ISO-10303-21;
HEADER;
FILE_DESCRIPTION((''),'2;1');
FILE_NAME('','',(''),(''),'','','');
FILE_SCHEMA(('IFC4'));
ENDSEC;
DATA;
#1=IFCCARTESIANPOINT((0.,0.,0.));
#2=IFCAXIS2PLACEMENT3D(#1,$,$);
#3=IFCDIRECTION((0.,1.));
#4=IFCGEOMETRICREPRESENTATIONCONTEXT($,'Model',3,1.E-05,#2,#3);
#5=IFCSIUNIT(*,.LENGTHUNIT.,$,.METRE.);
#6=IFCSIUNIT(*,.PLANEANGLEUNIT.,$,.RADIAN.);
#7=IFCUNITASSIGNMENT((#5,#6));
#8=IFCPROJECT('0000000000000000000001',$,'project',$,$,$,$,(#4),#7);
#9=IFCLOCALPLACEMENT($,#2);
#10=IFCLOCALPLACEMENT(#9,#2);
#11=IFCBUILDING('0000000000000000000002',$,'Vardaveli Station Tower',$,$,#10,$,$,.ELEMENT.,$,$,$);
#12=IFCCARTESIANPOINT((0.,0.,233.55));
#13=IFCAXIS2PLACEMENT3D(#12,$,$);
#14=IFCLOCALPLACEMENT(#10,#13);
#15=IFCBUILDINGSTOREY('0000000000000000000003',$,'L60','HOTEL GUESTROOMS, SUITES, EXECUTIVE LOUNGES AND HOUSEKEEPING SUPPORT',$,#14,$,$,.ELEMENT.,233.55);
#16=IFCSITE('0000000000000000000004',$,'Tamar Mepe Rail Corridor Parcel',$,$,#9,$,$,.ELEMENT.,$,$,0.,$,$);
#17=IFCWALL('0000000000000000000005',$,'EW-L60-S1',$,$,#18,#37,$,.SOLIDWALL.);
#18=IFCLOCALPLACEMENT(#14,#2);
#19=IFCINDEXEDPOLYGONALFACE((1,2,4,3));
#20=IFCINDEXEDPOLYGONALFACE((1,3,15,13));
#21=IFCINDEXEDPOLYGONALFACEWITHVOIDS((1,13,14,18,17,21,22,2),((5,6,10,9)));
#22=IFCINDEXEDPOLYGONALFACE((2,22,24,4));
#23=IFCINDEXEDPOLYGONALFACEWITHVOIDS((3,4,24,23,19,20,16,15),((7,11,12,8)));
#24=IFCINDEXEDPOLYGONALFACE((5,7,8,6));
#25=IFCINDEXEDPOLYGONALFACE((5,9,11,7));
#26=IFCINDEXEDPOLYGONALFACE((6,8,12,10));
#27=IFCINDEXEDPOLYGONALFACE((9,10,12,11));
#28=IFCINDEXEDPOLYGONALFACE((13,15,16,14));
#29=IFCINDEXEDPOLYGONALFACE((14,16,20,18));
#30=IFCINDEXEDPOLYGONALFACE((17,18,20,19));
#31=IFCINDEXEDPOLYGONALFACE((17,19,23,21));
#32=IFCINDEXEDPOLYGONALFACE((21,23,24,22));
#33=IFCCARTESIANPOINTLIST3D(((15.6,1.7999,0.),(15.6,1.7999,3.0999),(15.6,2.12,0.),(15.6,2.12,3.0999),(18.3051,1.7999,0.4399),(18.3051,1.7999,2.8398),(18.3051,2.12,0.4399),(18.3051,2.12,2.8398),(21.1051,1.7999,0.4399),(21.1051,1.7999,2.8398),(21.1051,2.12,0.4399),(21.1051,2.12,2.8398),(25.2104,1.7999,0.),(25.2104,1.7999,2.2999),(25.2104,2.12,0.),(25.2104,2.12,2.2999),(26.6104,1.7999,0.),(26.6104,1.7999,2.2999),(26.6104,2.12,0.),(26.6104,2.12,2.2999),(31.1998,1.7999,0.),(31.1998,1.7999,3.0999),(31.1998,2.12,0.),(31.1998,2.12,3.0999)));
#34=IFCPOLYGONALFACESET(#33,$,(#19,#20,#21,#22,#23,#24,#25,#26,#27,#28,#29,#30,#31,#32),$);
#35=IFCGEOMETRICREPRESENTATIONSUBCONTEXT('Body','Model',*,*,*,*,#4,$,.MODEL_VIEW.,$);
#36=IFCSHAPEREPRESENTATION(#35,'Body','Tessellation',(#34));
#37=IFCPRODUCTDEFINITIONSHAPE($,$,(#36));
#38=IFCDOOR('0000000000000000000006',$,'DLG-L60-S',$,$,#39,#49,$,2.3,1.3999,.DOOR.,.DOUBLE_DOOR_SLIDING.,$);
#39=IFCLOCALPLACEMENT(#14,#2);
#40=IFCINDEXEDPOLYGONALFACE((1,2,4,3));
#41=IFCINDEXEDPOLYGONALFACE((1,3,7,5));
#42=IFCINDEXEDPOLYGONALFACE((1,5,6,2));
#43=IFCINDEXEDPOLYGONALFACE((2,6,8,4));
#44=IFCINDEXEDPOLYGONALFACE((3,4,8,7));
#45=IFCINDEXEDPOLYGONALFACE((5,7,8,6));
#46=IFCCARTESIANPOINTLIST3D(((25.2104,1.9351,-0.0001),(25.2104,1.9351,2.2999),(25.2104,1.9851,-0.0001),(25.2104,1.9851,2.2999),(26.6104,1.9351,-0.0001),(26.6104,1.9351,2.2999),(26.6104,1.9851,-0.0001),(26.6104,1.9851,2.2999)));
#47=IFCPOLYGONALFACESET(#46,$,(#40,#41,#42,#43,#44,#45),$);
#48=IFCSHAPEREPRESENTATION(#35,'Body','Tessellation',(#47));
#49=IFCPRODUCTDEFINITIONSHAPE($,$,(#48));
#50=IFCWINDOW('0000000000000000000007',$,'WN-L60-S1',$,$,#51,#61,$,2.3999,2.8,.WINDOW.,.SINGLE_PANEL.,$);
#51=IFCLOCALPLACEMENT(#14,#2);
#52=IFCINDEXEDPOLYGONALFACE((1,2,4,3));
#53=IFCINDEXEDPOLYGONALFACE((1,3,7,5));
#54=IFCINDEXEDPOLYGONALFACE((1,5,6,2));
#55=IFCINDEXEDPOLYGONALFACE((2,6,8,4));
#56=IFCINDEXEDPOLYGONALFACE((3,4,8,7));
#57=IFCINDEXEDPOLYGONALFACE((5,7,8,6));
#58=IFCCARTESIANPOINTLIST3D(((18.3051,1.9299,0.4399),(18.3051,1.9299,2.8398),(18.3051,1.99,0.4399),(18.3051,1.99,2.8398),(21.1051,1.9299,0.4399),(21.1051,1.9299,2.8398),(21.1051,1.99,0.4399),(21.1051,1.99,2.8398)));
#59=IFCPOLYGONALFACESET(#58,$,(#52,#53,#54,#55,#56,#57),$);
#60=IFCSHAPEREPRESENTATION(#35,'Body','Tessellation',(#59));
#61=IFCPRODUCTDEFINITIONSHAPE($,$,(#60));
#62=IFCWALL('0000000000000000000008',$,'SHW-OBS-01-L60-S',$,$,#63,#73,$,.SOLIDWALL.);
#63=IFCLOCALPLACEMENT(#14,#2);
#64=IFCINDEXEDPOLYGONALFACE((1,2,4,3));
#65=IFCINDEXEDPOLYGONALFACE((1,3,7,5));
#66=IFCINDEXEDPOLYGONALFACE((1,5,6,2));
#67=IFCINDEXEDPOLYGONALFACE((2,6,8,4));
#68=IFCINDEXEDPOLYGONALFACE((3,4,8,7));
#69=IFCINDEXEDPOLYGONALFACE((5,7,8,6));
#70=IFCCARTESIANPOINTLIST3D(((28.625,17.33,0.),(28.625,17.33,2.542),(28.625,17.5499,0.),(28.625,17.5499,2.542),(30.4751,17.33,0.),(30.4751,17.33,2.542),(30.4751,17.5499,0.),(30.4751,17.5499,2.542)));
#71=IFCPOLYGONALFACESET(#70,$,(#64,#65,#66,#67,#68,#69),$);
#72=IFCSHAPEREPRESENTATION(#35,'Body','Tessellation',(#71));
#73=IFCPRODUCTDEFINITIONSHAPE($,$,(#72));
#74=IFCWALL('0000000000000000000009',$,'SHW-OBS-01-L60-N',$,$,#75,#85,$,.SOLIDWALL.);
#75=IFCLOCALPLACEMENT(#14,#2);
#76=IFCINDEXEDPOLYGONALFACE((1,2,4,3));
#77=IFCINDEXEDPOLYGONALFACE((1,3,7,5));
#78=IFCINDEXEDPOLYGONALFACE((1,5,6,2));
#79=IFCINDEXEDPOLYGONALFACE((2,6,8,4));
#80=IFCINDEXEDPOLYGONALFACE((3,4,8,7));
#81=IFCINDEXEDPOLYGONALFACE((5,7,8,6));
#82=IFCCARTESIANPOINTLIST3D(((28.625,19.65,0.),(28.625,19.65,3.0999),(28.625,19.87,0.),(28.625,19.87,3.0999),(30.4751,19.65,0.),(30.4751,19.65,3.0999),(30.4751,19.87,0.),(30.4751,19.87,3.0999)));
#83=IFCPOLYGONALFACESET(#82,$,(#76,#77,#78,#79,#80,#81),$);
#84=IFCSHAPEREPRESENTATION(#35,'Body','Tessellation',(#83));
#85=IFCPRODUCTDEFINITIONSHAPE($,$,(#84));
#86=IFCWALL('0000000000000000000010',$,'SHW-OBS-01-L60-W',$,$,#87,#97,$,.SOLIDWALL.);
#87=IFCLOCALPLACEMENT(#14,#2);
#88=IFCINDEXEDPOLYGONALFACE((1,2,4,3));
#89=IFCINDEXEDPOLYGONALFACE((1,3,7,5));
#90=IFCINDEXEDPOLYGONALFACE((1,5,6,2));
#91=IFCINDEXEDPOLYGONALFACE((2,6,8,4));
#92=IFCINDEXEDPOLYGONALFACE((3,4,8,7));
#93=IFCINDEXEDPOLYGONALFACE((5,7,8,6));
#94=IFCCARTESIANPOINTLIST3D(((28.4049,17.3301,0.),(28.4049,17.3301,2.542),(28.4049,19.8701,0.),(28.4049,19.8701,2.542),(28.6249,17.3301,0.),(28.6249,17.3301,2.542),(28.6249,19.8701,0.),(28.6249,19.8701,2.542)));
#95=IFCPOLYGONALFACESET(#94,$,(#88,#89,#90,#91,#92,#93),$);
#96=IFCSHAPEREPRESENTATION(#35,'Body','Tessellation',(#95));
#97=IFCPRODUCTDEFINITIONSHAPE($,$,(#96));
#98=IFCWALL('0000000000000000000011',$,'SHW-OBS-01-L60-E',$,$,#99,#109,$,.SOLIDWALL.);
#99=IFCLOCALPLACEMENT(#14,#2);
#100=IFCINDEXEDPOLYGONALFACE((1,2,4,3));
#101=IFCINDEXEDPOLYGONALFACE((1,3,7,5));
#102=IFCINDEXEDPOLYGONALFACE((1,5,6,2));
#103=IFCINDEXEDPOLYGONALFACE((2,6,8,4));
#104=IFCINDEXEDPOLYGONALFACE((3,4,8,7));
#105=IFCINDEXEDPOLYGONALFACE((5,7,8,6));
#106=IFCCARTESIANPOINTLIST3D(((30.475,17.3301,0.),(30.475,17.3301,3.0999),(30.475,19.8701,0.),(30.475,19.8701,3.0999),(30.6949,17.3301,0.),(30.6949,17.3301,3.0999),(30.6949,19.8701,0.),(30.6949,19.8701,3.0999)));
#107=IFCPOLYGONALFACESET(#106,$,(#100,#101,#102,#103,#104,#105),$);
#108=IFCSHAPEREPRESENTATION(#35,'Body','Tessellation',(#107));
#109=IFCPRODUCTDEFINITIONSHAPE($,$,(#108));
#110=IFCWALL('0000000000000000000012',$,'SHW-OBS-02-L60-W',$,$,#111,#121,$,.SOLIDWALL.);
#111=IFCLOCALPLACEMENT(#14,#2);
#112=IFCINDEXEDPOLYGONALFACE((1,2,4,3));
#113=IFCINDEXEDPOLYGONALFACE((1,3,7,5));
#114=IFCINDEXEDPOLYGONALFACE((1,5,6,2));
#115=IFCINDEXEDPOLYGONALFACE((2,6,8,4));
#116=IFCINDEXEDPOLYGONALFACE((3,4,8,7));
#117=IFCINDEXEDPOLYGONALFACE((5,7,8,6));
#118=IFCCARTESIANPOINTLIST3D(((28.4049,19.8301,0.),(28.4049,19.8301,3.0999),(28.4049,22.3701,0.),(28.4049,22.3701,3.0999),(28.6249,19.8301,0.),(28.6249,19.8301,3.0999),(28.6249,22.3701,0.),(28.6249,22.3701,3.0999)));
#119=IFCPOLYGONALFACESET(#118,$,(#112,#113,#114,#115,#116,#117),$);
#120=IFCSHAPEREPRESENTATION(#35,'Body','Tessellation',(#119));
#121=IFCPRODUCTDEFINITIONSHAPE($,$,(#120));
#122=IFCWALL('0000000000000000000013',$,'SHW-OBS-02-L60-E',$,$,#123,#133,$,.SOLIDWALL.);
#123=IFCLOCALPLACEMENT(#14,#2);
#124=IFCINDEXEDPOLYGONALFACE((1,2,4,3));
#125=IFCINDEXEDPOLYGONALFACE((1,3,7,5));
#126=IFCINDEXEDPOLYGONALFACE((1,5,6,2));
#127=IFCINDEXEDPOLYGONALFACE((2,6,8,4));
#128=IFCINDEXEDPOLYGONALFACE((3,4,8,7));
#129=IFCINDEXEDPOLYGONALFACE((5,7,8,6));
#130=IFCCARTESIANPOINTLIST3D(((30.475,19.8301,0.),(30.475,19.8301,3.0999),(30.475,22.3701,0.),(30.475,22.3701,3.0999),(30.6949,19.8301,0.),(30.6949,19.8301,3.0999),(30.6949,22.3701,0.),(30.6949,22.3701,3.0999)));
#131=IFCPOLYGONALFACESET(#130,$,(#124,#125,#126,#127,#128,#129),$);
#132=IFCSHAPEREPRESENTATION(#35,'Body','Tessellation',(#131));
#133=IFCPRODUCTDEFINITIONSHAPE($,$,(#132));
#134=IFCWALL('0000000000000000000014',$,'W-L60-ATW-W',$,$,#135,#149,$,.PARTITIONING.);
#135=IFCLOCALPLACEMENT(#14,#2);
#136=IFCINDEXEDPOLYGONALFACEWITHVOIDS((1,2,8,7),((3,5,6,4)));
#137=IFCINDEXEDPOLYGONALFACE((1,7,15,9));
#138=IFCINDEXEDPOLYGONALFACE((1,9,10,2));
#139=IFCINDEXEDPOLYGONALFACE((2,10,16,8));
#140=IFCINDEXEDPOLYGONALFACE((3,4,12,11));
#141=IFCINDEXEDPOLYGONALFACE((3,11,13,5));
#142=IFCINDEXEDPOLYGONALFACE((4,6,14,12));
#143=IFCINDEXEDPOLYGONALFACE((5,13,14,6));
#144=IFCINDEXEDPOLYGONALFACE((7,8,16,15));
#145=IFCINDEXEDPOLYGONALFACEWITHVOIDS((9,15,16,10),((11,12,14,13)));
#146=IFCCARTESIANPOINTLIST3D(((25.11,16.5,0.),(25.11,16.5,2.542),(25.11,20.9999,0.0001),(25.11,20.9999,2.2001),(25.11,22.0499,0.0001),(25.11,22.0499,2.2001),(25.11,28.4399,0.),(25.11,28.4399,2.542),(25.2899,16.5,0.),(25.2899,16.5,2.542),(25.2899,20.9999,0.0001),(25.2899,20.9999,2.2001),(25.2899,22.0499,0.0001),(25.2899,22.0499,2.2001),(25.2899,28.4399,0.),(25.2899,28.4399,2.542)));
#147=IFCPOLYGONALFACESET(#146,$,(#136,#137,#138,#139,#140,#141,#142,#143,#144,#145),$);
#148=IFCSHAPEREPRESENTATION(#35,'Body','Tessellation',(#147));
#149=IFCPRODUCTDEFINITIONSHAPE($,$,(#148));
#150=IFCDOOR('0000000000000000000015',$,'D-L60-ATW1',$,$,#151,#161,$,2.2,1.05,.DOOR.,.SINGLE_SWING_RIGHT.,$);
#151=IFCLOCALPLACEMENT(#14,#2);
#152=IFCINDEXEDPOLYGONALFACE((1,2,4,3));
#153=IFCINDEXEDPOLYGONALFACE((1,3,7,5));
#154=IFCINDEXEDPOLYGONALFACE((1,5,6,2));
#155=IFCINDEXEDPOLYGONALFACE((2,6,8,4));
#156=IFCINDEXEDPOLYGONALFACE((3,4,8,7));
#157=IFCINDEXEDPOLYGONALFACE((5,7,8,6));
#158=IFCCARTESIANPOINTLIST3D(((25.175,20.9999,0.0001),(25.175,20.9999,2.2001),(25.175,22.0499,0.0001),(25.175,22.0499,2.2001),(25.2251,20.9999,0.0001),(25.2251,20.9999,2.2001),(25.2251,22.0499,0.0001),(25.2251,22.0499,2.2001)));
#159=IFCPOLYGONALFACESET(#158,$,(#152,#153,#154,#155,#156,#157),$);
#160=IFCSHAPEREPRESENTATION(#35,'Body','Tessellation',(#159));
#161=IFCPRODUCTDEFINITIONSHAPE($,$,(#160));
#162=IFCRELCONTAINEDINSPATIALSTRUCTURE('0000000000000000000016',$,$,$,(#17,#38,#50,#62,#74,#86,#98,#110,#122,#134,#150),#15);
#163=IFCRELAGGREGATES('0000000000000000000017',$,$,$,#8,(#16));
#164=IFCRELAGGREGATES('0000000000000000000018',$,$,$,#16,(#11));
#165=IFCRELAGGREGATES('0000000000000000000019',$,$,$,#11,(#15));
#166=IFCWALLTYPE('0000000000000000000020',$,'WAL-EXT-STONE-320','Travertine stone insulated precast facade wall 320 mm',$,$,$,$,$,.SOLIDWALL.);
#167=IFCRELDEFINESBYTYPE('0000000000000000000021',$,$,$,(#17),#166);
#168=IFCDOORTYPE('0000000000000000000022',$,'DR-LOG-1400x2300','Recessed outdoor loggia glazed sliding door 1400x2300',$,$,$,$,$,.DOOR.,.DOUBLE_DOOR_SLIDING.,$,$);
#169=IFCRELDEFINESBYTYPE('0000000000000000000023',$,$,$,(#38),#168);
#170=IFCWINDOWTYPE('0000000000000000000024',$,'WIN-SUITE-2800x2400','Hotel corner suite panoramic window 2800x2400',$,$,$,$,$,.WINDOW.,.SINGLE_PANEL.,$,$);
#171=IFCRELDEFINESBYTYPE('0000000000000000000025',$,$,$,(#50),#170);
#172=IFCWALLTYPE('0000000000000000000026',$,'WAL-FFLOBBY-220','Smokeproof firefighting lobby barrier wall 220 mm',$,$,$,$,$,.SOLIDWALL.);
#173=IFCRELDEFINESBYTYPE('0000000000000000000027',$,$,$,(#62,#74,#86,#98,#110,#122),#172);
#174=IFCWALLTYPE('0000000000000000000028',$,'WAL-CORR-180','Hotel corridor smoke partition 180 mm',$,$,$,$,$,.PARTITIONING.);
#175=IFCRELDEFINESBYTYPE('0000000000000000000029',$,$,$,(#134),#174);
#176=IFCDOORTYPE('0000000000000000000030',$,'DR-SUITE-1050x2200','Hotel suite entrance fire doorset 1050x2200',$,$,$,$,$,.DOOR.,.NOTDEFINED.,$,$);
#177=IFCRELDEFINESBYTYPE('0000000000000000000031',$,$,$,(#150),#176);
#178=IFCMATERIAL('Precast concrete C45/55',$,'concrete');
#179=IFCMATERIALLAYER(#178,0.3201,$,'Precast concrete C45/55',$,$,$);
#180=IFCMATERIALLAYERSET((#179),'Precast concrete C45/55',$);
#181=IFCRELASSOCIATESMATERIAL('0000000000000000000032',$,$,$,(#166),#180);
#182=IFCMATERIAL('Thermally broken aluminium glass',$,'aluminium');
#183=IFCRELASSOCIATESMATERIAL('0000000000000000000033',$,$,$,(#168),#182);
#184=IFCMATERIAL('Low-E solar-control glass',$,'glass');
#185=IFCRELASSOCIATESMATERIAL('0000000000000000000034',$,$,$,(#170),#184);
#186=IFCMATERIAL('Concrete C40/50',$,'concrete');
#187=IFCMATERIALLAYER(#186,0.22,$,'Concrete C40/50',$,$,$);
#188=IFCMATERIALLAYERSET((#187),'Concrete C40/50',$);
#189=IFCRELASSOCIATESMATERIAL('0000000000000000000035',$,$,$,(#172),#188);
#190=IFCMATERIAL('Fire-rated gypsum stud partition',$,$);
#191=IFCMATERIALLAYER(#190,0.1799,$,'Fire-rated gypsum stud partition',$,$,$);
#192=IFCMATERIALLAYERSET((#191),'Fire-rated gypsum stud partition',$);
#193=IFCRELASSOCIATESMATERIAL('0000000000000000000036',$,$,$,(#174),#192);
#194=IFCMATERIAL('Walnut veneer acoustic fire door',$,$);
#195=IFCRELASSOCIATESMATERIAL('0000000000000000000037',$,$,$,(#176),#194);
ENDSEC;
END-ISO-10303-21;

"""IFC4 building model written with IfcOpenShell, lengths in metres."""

from ifc_helpers import new_model, si_unit, direction, frame, frame_2d, origin, place, context, subcontext, project, spatial, rectangle, extrude, source, transform, mapped, material, layer, layer_set, type_object, element, fill, save


model = new_model("IFC4")

# Units and contexts
model_context = context("Model", 3, precision=1e-05, world=origin(), true_north=direction((0.0, 1.0)))
body_context = subcontext(model_context, "Body", "Model", "MODEL_VIEW")
ifc_project = project(units=[si_unit("LENGTHUNIT", "METRE"), si_unit("PLANEANGLEUNIT", "RADIAN")], contexts=[model_context])

# Site, building, storey
site_placement = place(None, origin())
site = spatial("IfcSite", under=ifc_project, at=site_placement, Name="Tamar Mepe Rail Corridor Parcel", CompositionType="ELEMENT", RefElevation=0.0)
building_placement = place(site_placement, origin())
building = spatial("IfcBuilding", under=site, at=building_placement, Name="Vardaveli Station Tower", CompositionType="ELEMENT")
storey_placement = place(building_placement, frame((0.0, 0.0, 233.55)))
storey = spatial("IfcBuildingStorey", under=building, at=storey_placement, Name="L60", Description="HOTEL GUESTROOMS, SUITES, EXECUTIVE LOUNGES AND HOUSEKEEPING SUPPORT", CompositionType="ELEMENT", Elevation=233.55)

# Shared definitions
ifc_material_1 = material(Name="Precast concrete C45/55", Category="concrete")

# Wall, openings, door, window
ifc_layer_1 = layer(ifc_material_1, 0.3201, Name="Precast concrete C45/55")
ifc_layer_set_1 = layer_set([ifc_layer_1], Name="Precast concrete C45/55")
wall_type_1 = type_object("IfcWallType", Name="WAL-EXT-STONE-320", Description="Travertine stone insulated precast facade wall 320 mm", PredefinedType="SOLIDWALL", material=ifc_layer_set_1)
shared_shape_1 = source(origin(), body_context, "Body", "SweptSolid", [
    extrude(rectangle(XDim=15.5999, YDim=0.3201, at=frame_2d((7.7998, 0.0))), origin(), (0.0, 0.0, 1.0), 3.0999),
])
wall_1_placement = place(storey_placement, frame((15.6001, 1.96, 0.0), z_axis=(0.0, 0.0, 1.0), x_axis=(1.0, 0.0, 0.0)))
wall_1 = element("IfcWall", 1, at=wall_1_placement, inside=storey, type_object=wall_type_1, Name="EW-L60-S1", PredefinedType="SOLIDWALL", context=body_context, shape_type="MappedRepresentation", body=[
    mapped(shared_shape_1, transform((0.0, 0.0, 0.0), scale=1.0)),
])
shared_shape_2 = source(origin(), body_context, "Body", "SweptSolid", [
    extrude(rectangle(XDim=1.3999, YDim=2.3, at=frame_2d((0.7, 1.1499))), frame((0.0, 0.1699, 0.0), z_axis=(0.0, -1.0, 0.0), x_axis=(1.0, 0.0, 0.0)), (0.0, 0.0, 1.0), 0.3401),
])
opening_1_placement = place(wall_1_placement, frame((9.6104, 0.0, 0.0)))
opening_1 = element("IfcOpeningElement", 2, at=opening_1_placement, cuts=wall_1, PredefinedType="OPENING", context=body_context, shape_type="MappedRepresentation", body=[
    mapped(shared_shape_2, transform((0.0, 0.0, 0.0), scale=1.0)),
])
shared_shape_3 = source(origin(), body_context, "Body", "SweptSolid", [
    extrude(rectangle(XDim=2.8, YDim=2.3999, at=frame_2d((1.3999, 1.2))), frame((0.0, 0.1699, 0.0), z_axis=(0.0, -1.0, 0.0), x_axis=(1.0, 0.0, 0.0)), (0.0, 0.0, 1.0), 0.3401),
])
opening_2_placement = place(wall_1_placement, frame((2.7051, 0.0, 0.4399)))
opening_2 = element("IfcOpeningElement", 3, at=opening_2_placement, cuts=wall_1, PredefinedType="OPENING", context=body_context, shape_type="MappedRepresentation", body=[
    mapped(shared_shape_3, transform((0.0, 0.0, 0.0), scale=1.0)),
])
ifc_material_2 = material(Name="Thermally broken aluminium glass", Category="aluminium")
door_type_1 = type_object("IfcDoorType", Name="DR-LOG-1400x2300", Description="Recessed outdoor loggia glazed sliding door 1400x2300", OperationType="DOUBLE_DOOR_SLIDING", PredefinedType="DOOR", material=ifc_material_2)
shared_shape_4 = source(origin(), body_context, "Body", "SweptSolid", [
    extrude(rectangle(XDim=1.3999, YDim=2.3, at=frame_2d((0.7, 1.1499))), frame((0.0, 0.0249, 0.0), z_axis=(0.0, -1.0, 0.0), x_axis=(1.0, 0.0, 0.0)), (0.0, 0.0, 1.0), 0.05),
])
door_1_placement = place(opening_1_placement, frame((1.3999, 0.0, 0.0), z_axis=(0.0, 0.0, 1.0), x_axis=(-1.0, 0.0, 0.0)))
door_1 = element("IfcDoor", 4, at=door_1_placement, inside=storey, type_object=door_type_1, Name="DLG-L60-S", OperationType="DOUBLE_DOOR_SLIDING", OverallHeight=2.3, OverallWidth=1.3999, PredefinedType="DOOR", context=body_context, shape_type="MappedRepresentation", body=[
    mapped(shared_shape_4, transform((0.0, 0.0, 0.0), scale=1.0)),
])
fill(opening_1, door_1)
ifc_material_3 = material(Name="Low-E solar-control glass", Category="glass")
window_type = type_object("IfcWindowType", Name="WIN-SUITE-2800x2400", Description="Hotel corner suite panoramic window 2800x2400", PartitioningType="SINGLE_PANEL", PredefinedType="WINDOW", material=ifc_material_3)
shared_shape_5 = source(origin(), body_context, "Body", "SweptSolid", [
    extrude(rectangle(XDim=2.8, YDim=2.3999, at=frame_2d((1.3999, 1.2))), frame((0.0, 0.03, 0.0), z_axis=(0.0, -1.0, 0.0), x_axis=(1.0, 0.0, 0.0)), (0.0, 0.0, 1.0), 0.0601),
])
window_placement = place(opening_2_placement, origin())
window = element("IfcWindow", 5, at=window_placement, inside=storey, type_object=window_type, Name="WN-L60-S1", OverallHeight=2.3999, OverallWidth=2.8, PartitioningType="SINGLE_PANEL", PredefinedType="WINDOW", context=body_context, shape_type="MappedRepresentation", body=[
    mapped(shared_shape_5, transform((0.0, 0.0, 0.0), scale=1.0)),
])
fill(opening_2, window)

# Walls
ifc_material_4 = material(Name="Concrete C40/50", Category="concrete")
ifc_layer_2 = layer(ifc_material_4, 0.22, Name="Concrete C40/50")
ifc_layer_set_2 = layer_set([ifc_layer_2], Name="Concrete C40/50")
wall_type_2 = type_object("IfcWallType", Name="WAL-FFLOBBY-220", Description="Smokeproof firefighting lobby barrier wall 220 mm", PredefinedType="SOLIDWALL", material=ifc_layer_set_2)
shared_shape_6 = source(origin(), body_context, "Body", "SweptSolid", [
    extrude(rectangle(XDim=1.8501, YDim=0.22, at=frame_2d((0.925, 0.0))), origin(), (0.0, 0.0, 1.0), 2.542),
])
wall_2_placement = place(storey_placement, frame((28.625, 17.4399, 0.0), z_axis=(0.0, 0.0, 1.0), x_axis=(1.0, 0.0, 0.0)))
element("IfcWall", 6, at=wall_2_placement, inside=storey, type_object=wall_type_2, Name="SHW-OBS-01-L60-S", PredefinedType="SOLIDWALL", context=body_context, shape_type="MappedRepresentation", body=[
    mapped(shared_shape_6, transform((0.0, 0.0, 0.0), scale=1.0)),
])
shared_shape_7 = source(origin(), body_context, "Body", "SweptSolid", [
    extrude(rectangle(XDim=1.8501, YDim=0.22, at=frame_2d((0.925, 0.0))), origin(), (0.0, 0.0, 1.0), 3.0999),
])
wall_3_placement = place(storey_placement, frame((28.625, 19.76, 0.0), z_axis=(0.0, 0.0, 1.0), x_axis=(1.0, 0.0, 0.0)))
element("IfcWall", 7, at=wall_3_placement, inside=storey, type_object=wall_type_2, Name="SHW-OBS-01-L60-N", PredefinedType="SOLIDWALL", context=body_context, shape_type="MappedRepresentation", body=[
    mapped(shared_shape_7, transform((0.0, 0.0, 0.0), scale=1.0)),
])
shared_shape_8 = source(origin(), body_context, "Body", "SweptSolid", [
    extrude(rectangle(XDim=2.54, YDim=0.22, at=frame_2d((1.27, 0.0))), origin(), (0.0, 0.0, 1.0), 2.542),
])
wall_4_placement = place(storey_placement, frame((28.5149, 17.3301, 0.0), z_axis=(0.0, 0.0, 1.0), x_axis=(0.0, 1.0, 0.0)))
element("IfcWall", 8, at=wall_4_placement, inside=storey, type_object=wall_type_2, Name="SHW-OBS-01-L60-W", PredefinedType="SOLIDWALL", context=body_context, shape_type="MappedRepresentation", body=[
    mapped(shared_shape_8, transform((0.0, 0.0, 0.0), scale=1.0)),
])
shared_shape_9 = source(origin(), body_context, "Body", "SweptSolid", [
    extrude(rectangle(XDim=2.54, YDim=0.22, at=frame_2d((1.27, 0.0))), origin(), (0.0, 0.0, 1.0), 3.0999),
])
for number, where, z_axis, x_axis, name in (
    (9, (30.585, 17.3301, 0.0), (0.0, 0.0, 1.0), (0.0, 1.0, 0.0), "SHW-OBS-01-L60-E"),
    (10, (28.5149, 19.8301, 0.0), (0.0, 0.0, 1.0), (0.0, 1.0, 0.0), "SHW-OBS-02-L60-W"),
    (11, (30.585, 19.8301, 0.0), (0.0, 0.0, 1.0), (0.0, 1.0, 0.0), "SHW-OBS-02-L60-E"),
):
    element("IfcWall", number, at=place(storey_placement, frame(where, z_axis=z_axis, x_axis=x_axis)), inside=storey, type_object=wall_type_2, Name=name, PredefinedType="SOLIDWALL", context=body_context, shape_type="MappedRepresentation", body=[
        mapped(shared_shape_9, transform((0.0, 0.0, 0.0), scale=1.0)),
    ])

# Wall, opening, door
ifc_material_5 = material(Name="Fire-rated gypsum stud partition")
ifc_layer_3 = layer(ifc_material_5, 0.1799, Name="Fire-rated gypsum stud partition")
ifc_layer_set_3 = layer_set([ifc_layer_3], Name="Fire-rated gypsum stud partition")
wall_type_3 = type_object("IfcWallType", Name="WAL-CORR-180", Description="Hotel corridor smoke partition 180 mm", PredefinedType="PARTITIONING", material=ifc_layer_set_3)
shared_shape_10 = source(origin(), body_context, "Body", "SweptSolid", [
    extrude(rectangle(XDim=11.9399, YDim=0.1799, at=frame_2d((5.97, 0.0))), origin(), (0.0, 0.0, 1.0), 2.542),
])
wall_5_placement = place(storey_placement, frame((25.2, 16.5, 0.0), z_axis=(0.0, 0.0, 1.0), x_axis=(0.0, 1.0, 0.0)))
wall_5 = element("IfcWall", 12, at=wall_5_placement, inside=storey, type_object=wall_type_3, Name="W-L60-ATW-W", PredefinedType="PARTITIONING", context=body_context, shape_type="MappedRepresentation", body=[
    mapped(shared_shape_10, transform((0.0, 0.0, 0.0), scale=1.0)),
])
shared_shape_11 = source(origin(), body_context, "Body", "SweptSolid", [
    extrude(rectangle(XDim=1.05, YDim=2.2, at=frame_2d((0.5249, 1.1001))), frame((0.0, 0.1001, 0.0), z_axis=(0.0, -1.0, 0.0), x_axis=(1.0, 0.0, 0.0)), (0.0, 0.0, 1.0), 0.2),
])
opening_3_placement = place(wall_5_placement, frame((4.5, 0.0, 0.0)))
opening_3 = element("IfcOpeningElement", 13, at=opening_3_placement, cuts=wall_5, PredefinedType="OPENING", context=body_context, shape_type="MappedRepresentation", body=[
    mapped(shared_shape_11, transform((0.0, 0.0, 0.0), scale=1.0)),
])
ifc_material_6 = material(Name="Walnut veneer acoustic fire door")
door_type_2 = type_object("IfcDoorType", Name="DR-SUITE-1050x2200", Description="Hotel suite entrance fire doorset 1050x2200", OperationType="NOTDEFINED", PredefinedType="DOOR", material=ifc_material_6)
shared_shape_12 = source(origin(), body_context, "Body", "SweptSolid", [
    extrude(rectangle(XDim=1.05, YDim=2.2, at=frame_2d((0.5249, 1.1001))), frame((0.0, 0.0249, 0.0), z_axis=(0.0, -1.0, 0.0), x_axis=(1.0, 0.0, 0.0)), (0.0, 0.0, 1.0), 0.05),
])
door_2_placement = place(opening_3_placement, origin())
door_2 = element("IfcDoor", 14, at=door_2_placement, inside=storey, type_object=door_type_2, Name="D-L60-ATW1", OperationType="SINGLE_SWING_RIGHT", OverallHeight=2.2, OverallWidth=1.05, PredefinedType="DOOR", context=body_context, shape_type="MappedRepresentation", body=[
    mapped(shared_shape_12, transform((0.0, 0.0, 0.0), scale=1.0)),
])
fill(opening_3, door_2)

save(model, "model.ifc")
